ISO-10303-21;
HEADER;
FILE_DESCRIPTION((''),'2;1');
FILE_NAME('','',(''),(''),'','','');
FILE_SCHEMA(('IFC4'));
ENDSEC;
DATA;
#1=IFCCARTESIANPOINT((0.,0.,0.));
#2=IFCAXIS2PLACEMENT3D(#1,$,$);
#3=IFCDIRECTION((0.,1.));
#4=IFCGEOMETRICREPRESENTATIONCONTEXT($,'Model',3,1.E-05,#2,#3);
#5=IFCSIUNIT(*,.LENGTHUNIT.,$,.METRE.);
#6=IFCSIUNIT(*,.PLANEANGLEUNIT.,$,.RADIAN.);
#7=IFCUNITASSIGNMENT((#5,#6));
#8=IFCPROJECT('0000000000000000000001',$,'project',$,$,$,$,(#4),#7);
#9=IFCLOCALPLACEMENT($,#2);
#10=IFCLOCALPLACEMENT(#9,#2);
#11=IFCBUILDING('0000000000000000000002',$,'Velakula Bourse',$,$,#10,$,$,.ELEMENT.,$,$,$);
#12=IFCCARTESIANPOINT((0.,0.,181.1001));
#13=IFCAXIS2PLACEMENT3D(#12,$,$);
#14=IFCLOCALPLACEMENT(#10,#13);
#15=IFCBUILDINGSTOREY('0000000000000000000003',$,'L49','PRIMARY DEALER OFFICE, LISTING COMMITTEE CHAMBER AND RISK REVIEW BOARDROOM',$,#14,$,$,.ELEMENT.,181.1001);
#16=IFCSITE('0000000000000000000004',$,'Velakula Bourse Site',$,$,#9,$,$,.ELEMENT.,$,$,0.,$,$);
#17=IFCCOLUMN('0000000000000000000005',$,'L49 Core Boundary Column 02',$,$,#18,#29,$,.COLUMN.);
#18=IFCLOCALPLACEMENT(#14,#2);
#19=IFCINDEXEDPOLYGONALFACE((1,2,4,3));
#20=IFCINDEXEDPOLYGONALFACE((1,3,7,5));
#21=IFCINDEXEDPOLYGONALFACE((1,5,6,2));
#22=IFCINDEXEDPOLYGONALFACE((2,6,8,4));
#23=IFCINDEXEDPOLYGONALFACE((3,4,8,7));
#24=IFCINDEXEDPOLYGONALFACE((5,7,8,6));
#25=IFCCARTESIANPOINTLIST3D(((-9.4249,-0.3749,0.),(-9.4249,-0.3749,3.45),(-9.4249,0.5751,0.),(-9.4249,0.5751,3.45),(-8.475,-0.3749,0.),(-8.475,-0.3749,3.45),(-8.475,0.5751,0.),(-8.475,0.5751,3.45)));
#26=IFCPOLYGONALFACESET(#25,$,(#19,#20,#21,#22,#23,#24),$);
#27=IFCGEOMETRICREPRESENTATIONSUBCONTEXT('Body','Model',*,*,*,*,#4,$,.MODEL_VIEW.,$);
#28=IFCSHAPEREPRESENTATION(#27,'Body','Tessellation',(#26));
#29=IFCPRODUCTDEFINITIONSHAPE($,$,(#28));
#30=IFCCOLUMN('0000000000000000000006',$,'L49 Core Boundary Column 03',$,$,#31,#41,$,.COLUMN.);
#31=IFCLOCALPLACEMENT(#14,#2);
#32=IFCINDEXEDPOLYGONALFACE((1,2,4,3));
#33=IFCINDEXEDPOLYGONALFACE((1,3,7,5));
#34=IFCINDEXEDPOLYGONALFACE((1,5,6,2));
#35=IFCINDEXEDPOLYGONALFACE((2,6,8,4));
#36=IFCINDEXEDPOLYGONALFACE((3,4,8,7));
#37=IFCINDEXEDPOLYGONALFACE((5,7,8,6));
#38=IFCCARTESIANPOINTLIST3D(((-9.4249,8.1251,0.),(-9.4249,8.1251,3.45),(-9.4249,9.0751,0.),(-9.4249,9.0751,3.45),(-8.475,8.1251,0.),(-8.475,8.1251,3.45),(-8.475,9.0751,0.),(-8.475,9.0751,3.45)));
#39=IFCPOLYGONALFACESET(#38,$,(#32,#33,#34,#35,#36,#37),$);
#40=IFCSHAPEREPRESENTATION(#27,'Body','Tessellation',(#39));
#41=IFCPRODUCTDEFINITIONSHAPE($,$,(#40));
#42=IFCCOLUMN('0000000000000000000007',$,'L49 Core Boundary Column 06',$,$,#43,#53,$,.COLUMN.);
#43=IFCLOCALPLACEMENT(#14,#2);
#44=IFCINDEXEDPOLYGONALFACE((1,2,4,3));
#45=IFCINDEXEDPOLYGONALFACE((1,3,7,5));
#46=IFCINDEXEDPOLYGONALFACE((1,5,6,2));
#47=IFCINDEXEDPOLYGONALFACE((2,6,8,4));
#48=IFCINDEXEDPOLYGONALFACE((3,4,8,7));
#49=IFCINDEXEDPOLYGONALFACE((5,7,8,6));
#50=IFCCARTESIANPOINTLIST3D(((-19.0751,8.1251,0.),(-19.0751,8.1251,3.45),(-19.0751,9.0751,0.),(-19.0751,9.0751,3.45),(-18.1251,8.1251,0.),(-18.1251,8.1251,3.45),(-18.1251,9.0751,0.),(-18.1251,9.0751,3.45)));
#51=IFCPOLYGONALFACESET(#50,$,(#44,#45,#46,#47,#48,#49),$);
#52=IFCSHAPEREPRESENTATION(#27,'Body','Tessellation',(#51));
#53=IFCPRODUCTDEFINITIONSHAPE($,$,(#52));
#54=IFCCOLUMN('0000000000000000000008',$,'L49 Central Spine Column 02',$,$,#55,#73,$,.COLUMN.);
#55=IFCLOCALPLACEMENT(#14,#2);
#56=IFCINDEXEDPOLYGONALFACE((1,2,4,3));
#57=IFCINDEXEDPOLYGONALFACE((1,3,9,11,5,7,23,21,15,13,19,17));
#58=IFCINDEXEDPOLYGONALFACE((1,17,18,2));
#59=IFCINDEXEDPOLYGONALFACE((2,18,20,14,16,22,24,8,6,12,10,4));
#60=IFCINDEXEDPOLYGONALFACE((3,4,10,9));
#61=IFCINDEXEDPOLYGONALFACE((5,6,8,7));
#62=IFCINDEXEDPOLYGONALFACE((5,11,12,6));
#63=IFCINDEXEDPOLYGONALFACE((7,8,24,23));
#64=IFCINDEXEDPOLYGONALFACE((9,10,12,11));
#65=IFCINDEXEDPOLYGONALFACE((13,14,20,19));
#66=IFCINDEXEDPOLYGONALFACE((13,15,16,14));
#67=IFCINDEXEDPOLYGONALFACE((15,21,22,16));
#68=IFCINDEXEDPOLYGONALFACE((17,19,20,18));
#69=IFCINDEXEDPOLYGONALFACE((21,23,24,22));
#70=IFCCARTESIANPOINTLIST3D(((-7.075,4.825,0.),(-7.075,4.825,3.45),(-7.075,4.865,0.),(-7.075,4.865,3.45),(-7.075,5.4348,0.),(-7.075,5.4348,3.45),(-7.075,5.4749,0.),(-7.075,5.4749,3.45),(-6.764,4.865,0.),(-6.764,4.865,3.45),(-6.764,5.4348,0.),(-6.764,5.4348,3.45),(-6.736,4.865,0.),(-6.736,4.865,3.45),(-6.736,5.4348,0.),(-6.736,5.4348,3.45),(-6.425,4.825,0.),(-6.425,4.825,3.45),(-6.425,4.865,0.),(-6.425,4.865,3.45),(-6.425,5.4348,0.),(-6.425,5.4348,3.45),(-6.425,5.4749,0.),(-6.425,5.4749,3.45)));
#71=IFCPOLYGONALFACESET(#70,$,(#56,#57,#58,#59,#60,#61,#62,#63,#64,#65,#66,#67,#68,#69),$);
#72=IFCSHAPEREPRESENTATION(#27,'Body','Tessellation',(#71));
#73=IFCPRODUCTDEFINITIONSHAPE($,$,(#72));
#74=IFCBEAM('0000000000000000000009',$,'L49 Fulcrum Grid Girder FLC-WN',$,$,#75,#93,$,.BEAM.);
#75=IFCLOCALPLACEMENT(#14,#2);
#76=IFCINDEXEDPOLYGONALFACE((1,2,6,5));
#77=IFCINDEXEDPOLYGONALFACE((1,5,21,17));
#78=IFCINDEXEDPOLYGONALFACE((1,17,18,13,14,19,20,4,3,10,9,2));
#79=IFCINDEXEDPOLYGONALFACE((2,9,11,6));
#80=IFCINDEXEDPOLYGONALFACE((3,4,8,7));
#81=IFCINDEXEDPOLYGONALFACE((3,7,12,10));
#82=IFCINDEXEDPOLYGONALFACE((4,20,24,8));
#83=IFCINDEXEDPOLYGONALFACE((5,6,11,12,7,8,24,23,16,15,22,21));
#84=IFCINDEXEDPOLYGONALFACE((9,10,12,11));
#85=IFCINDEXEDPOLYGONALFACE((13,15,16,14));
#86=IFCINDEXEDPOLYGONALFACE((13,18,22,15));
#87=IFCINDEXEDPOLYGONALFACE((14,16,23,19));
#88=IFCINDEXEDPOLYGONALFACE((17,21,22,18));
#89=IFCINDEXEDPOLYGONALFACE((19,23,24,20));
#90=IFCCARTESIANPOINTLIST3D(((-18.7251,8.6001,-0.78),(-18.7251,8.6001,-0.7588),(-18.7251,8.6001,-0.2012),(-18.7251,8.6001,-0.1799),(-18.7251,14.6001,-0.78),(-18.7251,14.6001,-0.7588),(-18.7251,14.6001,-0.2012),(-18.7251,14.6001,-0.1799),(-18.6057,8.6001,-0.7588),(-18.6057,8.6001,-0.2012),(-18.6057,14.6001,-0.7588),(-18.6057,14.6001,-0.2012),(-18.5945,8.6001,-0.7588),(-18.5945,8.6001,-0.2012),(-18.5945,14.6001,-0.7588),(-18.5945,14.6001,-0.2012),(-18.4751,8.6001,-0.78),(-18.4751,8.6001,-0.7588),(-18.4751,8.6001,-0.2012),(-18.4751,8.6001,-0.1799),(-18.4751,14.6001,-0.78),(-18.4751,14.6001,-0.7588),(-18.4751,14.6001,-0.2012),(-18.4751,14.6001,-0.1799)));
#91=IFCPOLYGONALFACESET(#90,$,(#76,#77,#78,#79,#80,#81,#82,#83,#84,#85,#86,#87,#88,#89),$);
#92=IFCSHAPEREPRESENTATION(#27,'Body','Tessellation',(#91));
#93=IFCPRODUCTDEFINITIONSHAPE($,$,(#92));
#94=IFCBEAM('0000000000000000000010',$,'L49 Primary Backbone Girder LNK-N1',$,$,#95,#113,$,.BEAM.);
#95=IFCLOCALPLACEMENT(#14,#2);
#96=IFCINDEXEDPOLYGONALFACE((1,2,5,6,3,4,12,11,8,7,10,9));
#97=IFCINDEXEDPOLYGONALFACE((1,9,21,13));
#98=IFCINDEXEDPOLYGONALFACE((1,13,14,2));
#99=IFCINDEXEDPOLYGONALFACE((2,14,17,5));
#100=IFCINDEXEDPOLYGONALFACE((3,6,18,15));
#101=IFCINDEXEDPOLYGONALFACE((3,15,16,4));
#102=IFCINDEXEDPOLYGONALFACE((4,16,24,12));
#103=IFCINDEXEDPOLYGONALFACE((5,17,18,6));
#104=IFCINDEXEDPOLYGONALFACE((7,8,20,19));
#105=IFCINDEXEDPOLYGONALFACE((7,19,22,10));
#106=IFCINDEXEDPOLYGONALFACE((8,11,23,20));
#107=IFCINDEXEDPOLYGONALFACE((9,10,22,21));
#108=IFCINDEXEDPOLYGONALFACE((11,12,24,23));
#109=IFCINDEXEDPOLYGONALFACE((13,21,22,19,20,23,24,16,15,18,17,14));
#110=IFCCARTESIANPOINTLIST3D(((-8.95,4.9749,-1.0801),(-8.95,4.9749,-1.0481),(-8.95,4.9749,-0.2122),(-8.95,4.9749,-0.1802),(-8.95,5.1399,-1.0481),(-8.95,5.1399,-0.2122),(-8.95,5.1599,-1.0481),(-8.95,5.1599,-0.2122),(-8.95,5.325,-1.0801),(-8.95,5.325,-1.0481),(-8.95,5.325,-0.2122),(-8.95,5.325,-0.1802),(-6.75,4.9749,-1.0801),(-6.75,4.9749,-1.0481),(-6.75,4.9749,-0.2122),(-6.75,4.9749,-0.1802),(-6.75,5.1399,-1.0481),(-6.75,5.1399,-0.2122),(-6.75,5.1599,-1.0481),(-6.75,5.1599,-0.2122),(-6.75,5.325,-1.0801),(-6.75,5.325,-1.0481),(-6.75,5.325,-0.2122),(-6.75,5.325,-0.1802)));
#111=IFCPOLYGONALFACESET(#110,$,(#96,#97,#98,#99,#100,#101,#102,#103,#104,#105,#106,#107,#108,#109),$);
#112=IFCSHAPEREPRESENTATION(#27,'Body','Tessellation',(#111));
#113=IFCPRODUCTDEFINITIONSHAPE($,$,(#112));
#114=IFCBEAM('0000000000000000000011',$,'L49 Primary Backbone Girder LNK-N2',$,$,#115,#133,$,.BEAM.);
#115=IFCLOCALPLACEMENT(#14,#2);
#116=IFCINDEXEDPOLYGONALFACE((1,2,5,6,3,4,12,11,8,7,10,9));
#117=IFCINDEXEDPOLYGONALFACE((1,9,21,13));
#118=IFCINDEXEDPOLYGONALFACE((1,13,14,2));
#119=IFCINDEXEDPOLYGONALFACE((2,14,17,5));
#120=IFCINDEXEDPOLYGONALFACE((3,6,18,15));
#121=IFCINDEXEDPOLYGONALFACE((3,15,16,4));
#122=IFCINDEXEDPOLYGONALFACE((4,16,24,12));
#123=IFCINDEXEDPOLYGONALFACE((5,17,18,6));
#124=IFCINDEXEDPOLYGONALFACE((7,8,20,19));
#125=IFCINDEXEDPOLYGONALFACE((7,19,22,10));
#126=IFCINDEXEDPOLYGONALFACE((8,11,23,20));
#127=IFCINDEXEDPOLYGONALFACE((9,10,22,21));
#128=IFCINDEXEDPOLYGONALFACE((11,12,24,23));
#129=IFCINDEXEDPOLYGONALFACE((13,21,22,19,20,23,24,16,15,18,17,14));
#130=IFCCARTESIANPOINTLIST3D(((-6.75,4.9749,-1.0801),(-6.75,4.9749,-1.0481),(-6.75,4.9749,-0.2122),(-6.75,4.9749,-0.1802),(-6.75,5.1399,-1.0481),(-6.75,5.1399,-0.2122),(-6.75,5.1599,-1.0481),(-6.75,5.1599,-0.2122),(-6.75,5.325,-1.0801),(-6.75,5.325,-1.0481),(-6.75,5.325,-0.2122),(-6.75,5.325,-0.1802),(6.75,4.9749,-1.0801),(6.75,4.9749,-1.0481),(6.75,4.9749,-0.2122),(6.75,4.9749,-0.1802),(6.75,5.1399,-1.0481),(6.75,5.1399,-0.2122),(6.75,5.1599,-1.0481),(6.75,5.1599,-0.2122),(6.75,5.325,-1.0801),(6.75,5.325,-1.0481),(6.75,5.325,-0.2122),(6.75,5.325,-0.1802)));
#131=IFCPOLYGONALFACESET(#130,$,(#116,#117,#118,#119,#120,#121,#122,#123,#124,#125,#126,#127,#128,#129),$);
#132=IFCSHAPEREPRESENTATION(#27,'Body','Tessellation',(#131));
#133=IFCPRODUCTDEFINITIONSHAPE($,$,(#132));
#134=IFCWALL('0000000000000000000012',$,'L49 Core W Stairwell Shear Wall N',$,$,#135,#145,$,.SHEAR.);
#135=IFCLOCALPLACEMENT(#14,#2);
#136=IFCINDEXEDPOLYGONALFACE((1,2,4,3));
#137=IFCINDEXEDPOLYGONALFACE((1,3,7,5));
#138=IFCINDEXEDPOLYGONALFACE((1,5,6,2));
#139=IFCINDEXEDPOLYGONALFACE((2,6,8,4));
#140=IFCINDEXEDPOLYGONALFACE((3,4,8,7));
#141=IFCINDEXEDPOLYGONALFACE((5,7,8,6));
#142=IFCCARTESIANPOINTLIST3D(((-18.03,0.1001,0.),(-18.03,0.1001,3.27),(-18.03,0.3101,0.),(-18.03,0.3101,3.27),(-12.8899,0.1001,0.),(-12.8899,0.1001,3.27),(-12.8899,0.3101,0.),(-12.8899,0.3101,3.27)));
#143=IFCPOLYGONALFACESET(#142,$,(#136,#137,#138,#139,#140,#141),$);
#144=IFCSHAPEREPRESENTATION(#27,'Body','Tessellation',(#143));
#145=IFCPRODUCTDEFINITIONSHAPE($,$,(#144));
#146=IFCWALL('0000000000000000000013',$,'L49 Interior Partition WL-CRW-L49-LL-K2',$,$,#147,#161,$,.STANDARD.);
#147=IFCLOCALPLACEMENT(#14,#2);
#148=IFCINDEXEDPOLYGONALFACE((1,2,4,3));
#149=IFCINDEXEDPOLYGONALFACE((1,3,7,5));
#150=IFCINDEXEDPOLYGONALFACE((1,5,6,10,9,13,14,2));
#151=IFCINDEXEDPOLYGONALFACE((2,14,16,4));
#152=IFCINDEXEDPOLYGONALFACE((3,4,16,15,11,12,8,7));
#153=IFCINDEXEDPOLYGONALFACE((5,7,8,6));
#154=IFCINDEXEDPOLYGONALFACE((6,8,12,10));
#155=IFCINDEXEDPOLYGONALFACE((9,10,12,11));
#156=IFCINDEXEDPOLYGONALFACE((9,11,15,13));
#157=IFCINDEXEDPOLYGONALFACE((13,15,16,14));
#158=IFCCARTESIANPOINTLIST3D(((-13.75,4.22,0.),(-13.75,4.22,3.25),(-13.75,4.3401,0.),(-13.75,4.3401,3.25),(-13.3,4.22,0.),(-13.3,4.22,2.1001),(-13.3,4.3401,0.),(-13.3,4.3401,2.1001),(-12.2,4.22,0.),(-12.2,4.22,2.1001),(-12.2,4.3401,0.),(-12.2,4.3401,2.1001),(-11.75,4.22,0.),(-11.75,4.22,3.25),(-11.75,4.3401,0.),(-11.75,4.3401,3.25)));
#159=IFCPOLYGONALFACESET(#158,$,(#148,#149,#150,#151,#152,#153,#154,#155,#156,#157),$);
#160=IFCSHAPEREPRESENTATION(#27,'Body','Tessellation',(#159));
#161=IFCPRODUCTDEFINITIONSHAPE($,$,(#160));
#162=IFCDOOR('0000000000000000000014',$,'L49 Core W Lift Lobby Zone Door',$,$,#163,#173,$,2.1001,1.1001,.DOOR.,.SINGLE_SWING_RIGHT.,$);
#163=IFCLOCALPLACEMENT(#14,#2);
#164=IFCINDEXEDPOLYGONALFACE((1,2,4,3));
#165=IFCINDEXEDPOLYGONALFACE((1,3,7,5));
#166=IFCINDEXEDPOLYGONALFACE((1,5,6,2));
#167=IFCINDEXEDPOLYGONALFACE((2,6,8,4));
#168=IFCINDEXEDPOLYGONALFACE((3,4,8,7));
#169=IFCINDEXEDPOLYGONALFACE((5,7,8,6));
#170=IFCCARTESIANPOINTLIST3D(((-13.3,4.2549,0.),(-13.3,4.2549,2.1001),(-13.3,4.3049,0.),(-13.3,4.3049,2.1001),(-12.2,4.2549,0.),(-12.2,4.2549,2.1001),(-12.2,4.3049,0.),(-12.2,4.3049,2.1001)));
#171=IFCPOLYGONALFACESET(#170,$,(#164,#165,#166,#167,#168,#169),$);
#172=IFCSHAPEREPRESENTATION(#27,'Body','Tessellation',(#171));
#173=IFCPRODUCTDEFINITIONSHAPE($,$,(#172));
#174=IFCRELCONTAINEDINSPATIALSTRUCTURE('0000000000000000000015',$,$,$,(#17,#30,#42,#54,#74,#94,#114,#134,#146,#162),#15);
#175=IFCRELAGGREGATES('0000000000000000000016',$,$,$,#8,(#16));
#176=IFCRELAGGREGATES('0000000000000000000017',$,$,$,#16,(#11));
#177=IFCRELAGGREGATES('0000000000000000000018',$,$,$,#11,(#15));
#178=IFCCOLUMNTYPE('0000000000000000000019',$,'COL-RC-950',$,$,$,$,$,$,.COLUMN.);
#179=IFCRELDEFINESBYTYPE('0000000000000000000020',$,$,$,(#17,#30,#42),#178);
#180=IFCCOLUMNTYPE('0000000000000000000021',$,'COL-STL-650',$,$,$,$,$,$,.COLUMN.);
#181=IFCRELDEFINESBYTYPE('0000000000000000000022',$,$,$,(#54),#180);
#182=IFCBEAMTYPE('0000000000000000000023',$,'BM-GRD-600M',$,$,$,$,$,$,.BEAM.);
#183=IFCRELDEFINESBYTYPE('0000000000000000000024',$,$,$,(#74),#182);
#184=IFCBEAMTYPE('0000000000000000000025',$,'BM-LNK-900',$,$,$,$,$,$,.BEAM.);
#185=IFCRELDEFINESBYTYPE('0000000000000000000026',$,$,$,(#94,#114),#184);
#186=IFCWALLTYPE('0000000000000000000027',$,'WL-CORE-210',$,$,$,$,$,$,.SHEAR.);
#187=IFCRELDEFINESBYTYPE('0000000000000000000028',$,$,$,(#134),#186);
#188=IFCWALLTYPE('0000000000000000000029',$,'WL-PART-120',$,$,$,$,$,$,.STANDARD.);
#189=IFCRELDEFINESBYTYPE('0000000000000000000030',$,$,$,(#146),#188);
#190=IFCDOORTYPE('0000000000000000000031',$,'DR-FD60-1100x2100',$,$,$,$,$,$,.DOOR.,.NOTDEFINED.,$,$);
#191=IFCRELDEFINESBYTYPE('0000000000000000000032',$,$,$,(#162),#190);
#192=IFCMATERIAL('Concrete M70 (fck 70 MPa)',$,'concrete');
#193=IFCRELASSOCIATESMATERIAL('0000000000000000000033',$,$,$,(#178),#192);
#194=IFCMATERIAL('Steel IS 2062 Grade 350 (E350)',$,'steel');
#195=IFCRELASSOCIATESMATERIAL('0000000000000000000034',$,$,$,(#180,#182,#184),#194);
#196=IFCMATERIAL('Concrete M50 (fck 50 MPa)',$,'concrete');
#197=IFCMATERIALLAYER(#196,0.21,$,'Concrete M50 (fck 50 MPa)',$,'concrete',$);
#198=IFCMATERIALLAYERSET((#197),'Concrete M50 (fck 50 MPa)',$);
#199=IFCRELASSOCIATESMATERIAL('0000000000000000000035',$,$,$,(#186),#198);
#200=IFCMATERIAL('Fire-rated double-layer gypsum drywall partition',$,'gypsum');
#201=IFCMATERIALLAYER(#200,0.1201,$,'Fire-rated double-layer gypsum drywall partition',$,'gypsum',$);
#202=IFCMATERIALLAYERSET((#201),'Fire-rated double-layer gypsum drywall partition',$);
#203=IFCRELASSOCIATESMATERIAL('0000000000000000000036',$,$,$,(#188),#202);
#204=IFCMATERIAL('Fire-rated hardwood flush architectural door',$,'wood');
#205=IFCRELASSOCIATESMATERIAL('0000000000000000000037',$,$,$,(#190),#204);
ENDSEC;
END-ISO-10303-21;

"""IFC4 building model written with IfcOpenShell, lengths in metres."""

from ifc_helpers import new_model, si_unit, direction, frame, frame_2d, origin, origin_2d, place, context, subcontext, project, spatial, rectangle, i_section, extrude, material, layer, layer_set, material_profile, profile_set, type_object, element, fill, save


model = new_model("IFC4")

# Units and contexts
model_context = context("Model", 3, precision=1e-05, world=origin(), true_north=direction((0.0, 1.0)))
body_context = subcontext(model_context, "Body", "Model", "MODEL_VIEW")
ifc_project = project(units=[si_unit("LENGTHUNIT", "METRE"), si_unit("PLANEANGLEUNIT", "RADIAN")], contexts=[model_context])

# Site, building, storey
site_placement = place(None, origin())
site = spatial("IfcSite", under=ifc_project, at=site_placement, Name="Velakula Bourse Site", CompositionType="ELEMENT", RefElevation=0.0)
building_placement = place(site_placement, origin())
building = spatial("IfcBuilding", under=site, at=building_placement, Name="Velakula Bourse", CompositionType="ELEMENT")
storey_placement = place(building_placement, frame((0.0, 0.0, 181.1001)))
storey = spatial("IfcBuildingStorey", under=building, at=storey_placement, Name="L49", Description="PRIMARY DEALER OFFICE, LISTING COMMITTEE CHAMBER AND RISK REVIEW BOARDROOM", CompositionType="ELEMENT", Elevation=181.1001)

# Columns
ifc_material_1 = material(Name="Concrete M70 (fck 70 MPa)", Category="concrete")
ifc_material_profile_1 = material_profile(ifc_material_1, rectangle(XDim=0.95, YDim=0.95, at=origin_2d()), Name="Concrete M70 (fck 70 MPa)")
ifc_profile_set_1 = profile_set([ifc_material_profile_1], Name="Concrete M70 (fck 70 MPa)")
column_type_1 = type_object("IfcColumnType", Name="COL-RC-950", PredefinedType="COLUMN", material=ifc_profile_set_1)
for number, where, z_axis, x_axis, name in (
    (1, (-8.95, 0.1001, 0.0), (0.0, 0.0, 1.0), (1.0, 0.0, 0.0), "L49 Core Boundary Column 02"),
    (2, (-8.95, 8.6001, 0.0), (0.0, 0.0, 1.0), (1.0, 0.0, 0.0), "L49 Core Boundary Column 03"),
    (3, (-18.6001, 8.6001, 0.0), (0.0, 0.0, 1.0), (1.0, 0.0, 0.0), "L49 Core Boundary Column 06"),
):
    element("IfcColumn", number, at=place(storey_placement, frame(where, z_axis=z_axis, x_axis=x_axis)), inside=storey, type_object=column_type_1, Name=name, PredefinedType="COLUMN", context=body_context, shape_type="SweptSolid", body=[
        extrude(rectangle(XDim=0.95, YDim=0.95, at=origin_2d()), origin(), (0.0, 0.0, 1.0), 3.45),
    ])
ifc_material_2 = material(Name="Steel IS 2062 Grade 350 (E350)", Category="steel")
ifc_material_profile_2 = material_profile(ifc_material_2, i_section(OverallWidth=0.6499, OverallDepth=0.6499, WebThickness=0.0281, FlangeThickness=0.04, at=origin_2d()), Name="Steel IS 2062 Grade 350 (E350)")
ifc_profile_set_2 = profile_set([ifc_material_profile_2], Name="Steel IS 2062 Grade 350 (E350)")
column_type_2 = type_object("IfcColumnType", Name="COL-STL-650", PredefinedType="COLUMN", material=ifc_profile_set_2)
column_placement = place(storey_placement, frame((-6.75, 5.1499, 0.0), z_axis=(0.0, 0.0, 1.0), x_axis=(1.0, 0.0, 0.0)))
element("IfcColumn", 4, at=column_placement, inside=storey, type_object=column_type_2, Name="L49 Central Spine Column 02", PredefinedType="COLUMN", context=body_context, shape_type="SweptSolid", body=[
    extrude(i_section(OverallWidth=0.6499, OverallDepth=0.6499, WebThickness=0.0281, FlangeThickness=0.04, at=origin_2d()), origin(), (0.0, 0.0, 1.0), 3.45),
])

# Beams
ifc_material_profile_3 = material_profile(ifc_material_2, i_section(OverallWidth=0.25, OverallDepth=0.6001, WebThickness=0.0112, FlangeThickness=0.0212, at=origin_2d()), Name="Steel IS 2062 Grade 350 (E350)")
ifc_profile_set_3 = profile_set([ifc_material_profile_3], Name="Steel IS 2062 Grade 350 (E350)")
beam_type_1 = type_object("IfcBeamType", Name="BM-GRD-600M", PredefinedType="BEAM", material=ifc_profile_set_3)
beam_1_placement = place(storey_placement, frame((-18.6001, 8.6001, -0.48), z_axis=(0.0, 1.0, 0.0), x_axis=(-1.0, 0.0, 0.0)))
element("IfcBeam", 5, at=beam_1_placement, inside=storey, type_object=beam_type_1, Name="L49 Fulcrum Grid Girder FLC-WN", PredefinedType="BEAM", context=body_context, shape_type="SweptSolid", body=[
    extrude(i_section(OverallWidth=0.25, OverallDepth=0.6001, WebThickness=0.0112, FlangeThickness=0.0212, at=origin_2d()), origin(), (0.0, 0.0, 1.0), 6.0),
])
ifc_material_profile_4 = material_profile(ifc_material_2, i_section(OverallWidth=0.3501, OverallDepth=0.8999, WebThickness=0.02, FlangeThickness=0.032, at=origin_2d()), Name="Steel IS 2062 Grade 350 (E350)")
ifc_profile_set_4 = profile_set([ifc_material_profile_4], Name="Steel IS 2062 Grade 350 (E350)")
beam_type_2 = type_object("IfcBeamType", Name="BM-LNK-900", PredefinedType="BEAM", material=ifc_profile_set_4)
beam_2_placement = place(storey_placement, frame((-8.95, 5.1499, -0.6301), z_axis=(1.0, 0.0, 0.0), x_axis=(0.0, 1.0, 0.0)))
element("IfcBeam", 6, at=beam_2_placement, inside=storey, type_object=beam_type_2, Name="L49 Primary Backbone Girder LNK-N1", PredefinedType="BEAM", context=body_context, shape_type="SweptSolid", body=[
    extrude(i_section(OverallWidth=0.3501, OverallDepth=0.8999, WebThickness=0.02, FlangeThickness=0.032, at=origin_2d()), origin(), (0.0, 0.0, 1.0), 2.2),
])
beam_3_placement = place(storey_placement, frame((-6.75, 5.1499, -0.6301), z_axis=(1.0, 0.0, 0.0), x_axis=(0.0, 1.0, 0.0)))
element("IfcBeam", 7, at=beam_3_placement, inside=storey, type_object=beam_type_2, Name="L49 Primary Backbone Girder LNK-N2", PredefinedType="BEAM", context=body_context, shape_type="SweptSolid", body=[
    extrude(i_section(OverallWidth=0.3501, OverallDepth=0.8999, WebThickness=0.02, FlangeThickness=0.032, at=origin_2d()), origin(), (0.0, 0.0, 1.0), 13.5),
])

# Wall
ifc_material_3 = material(Name="Concrete M50 (fck 50 MPa)", Category="concrete")
ifc_layer_1 = layer(ifc_material_3, 0.21, Name="Concrete M50 (fck 50 MPa)", Category="concrete")
ifc_layer_set_1 = layer_set([ifc_layer_1], Name="Concrete M50 (fck 50 MPa)")
wall_type_1 = type_object("IfcWallType", Name="WL-CORE-210", PredefinedType="SHEAR", material=ifc_layer_set_1)
wall_1_placement = place(storey_placement, frame((-12.8899, 0.2051, 0.0), z_axis=(0.0, 0.0, 1.0), x_axis=(-1.0, 0.0, 0.0)))
element("IfcWall", 8, at=wall_1_placement, inside=storey, type_object=wall_type_1, Name="L49 Core W Stairwell Shear Wall N", PredefinedType="SHEAR", context=body_context, shape_type="SweptSolid", body=[
    extrude(rectangle(XDim=5.1401, YDim=0.21, at=frame_2d((2.5701, 0.0))), origin(), (0.0, 0.0, 1.0), 3.27),
])

# Wall, opening, door
ifc_material_4 = material(Name="Fire-rated double-layer gypsum drywall partition", Category="gypsum")
ifc_layer_2 = layer(ifc_material_4, 0.1201, Name="Fire-rated double-layer gypsum drywall partition", Category="gypsum")
ifc_layer_set_2 = layer_set([ifc_layer_2], Name="Fire-rated double-layer gypsum drywall partition")
wall_type_2 = type_object("IfcWallType", Name="WL-PART-120", PredefinedType="STANDARD", material=ifc_layer_set_2)
wall_2_placement = place(storey_placement, frame((-13.75, 4.28, 0.0), z_axis=(0.0, 0.0, 1.0), x_axis=(1.0, 0.0, 0.0)))
wall_2 = element("IfcWall", 9, at=wall_2_placement, inside=storey, type_object=wall_type_2, Name="L49 Interior Partition WL-CRW-L49-LL-K2", PredefinedType="STANDARD", context=body_context, shape_type="SweptSolid", body=[
    extrude(rectangle(XDim=2.0, YDim=0.1201, at=frame_2d((1.0, 0.0))), origin(), (0.0, 0.0, 1.0), 3.25),
])
opening_1_placement = place(wall_2_placement, frame((0.45, 0.0, 0.0)))
opening_1 = element("IfcOpeningElement", 10, at=opening_1_placement, cuts=wall_2, PredefinedType="OPENING", context=body_context, shape_type="SweptSolid", body=[
    extrude(rectangle(XDim=1.1001, YDim=2.1001, at=frame_2d((0.55, 1.05))), frame((0.0, 0.0701, 0.0), z_axis=(0.0, -1.0, 0.0), x_axis=(1.0, 0.0, 0.0)), (0.0, 0.0, 1.0), 0.1401),
])
ifc_material_5 = material(Name="Fire-rated hardwood flush architectural door", Category="wood")
door_type_1 = type_object("IfcDoorType", Name="DR-FD60-1100x2100", OperationType="NOTDEFINED", PredefinedType="DOOR", material=ifc_material_5)
door_1_placement = place(opening_1_placement, origin())
door_1 = element("IfcDoor", 11, at=door_1_placement, inside=storey, type_object=door_type_1, Name="L49 Core W Lift Lobby Zone Door", OperationType="SINGLE_SWING_RIGHT", OverallHeight=2.1001, OverallWidth=1.1001, PredefinedType="DOOR", context=body_context, shape_type="SweptSolid", body=[
    extrude(rectangle(XDim=1.1001, YDim=2.1001, at=frame_2d((0.55, 1.05))), frame((0.0, 0.0249, 0.0), z_axis=(0.0, -1.0, 0.0), x_axis=(1.0, 0.0, 0.0)), (0.0, 0.0, 1.0), 0.05),
])
fill(opening_1, door_1)

save(model, "model.ifc")
